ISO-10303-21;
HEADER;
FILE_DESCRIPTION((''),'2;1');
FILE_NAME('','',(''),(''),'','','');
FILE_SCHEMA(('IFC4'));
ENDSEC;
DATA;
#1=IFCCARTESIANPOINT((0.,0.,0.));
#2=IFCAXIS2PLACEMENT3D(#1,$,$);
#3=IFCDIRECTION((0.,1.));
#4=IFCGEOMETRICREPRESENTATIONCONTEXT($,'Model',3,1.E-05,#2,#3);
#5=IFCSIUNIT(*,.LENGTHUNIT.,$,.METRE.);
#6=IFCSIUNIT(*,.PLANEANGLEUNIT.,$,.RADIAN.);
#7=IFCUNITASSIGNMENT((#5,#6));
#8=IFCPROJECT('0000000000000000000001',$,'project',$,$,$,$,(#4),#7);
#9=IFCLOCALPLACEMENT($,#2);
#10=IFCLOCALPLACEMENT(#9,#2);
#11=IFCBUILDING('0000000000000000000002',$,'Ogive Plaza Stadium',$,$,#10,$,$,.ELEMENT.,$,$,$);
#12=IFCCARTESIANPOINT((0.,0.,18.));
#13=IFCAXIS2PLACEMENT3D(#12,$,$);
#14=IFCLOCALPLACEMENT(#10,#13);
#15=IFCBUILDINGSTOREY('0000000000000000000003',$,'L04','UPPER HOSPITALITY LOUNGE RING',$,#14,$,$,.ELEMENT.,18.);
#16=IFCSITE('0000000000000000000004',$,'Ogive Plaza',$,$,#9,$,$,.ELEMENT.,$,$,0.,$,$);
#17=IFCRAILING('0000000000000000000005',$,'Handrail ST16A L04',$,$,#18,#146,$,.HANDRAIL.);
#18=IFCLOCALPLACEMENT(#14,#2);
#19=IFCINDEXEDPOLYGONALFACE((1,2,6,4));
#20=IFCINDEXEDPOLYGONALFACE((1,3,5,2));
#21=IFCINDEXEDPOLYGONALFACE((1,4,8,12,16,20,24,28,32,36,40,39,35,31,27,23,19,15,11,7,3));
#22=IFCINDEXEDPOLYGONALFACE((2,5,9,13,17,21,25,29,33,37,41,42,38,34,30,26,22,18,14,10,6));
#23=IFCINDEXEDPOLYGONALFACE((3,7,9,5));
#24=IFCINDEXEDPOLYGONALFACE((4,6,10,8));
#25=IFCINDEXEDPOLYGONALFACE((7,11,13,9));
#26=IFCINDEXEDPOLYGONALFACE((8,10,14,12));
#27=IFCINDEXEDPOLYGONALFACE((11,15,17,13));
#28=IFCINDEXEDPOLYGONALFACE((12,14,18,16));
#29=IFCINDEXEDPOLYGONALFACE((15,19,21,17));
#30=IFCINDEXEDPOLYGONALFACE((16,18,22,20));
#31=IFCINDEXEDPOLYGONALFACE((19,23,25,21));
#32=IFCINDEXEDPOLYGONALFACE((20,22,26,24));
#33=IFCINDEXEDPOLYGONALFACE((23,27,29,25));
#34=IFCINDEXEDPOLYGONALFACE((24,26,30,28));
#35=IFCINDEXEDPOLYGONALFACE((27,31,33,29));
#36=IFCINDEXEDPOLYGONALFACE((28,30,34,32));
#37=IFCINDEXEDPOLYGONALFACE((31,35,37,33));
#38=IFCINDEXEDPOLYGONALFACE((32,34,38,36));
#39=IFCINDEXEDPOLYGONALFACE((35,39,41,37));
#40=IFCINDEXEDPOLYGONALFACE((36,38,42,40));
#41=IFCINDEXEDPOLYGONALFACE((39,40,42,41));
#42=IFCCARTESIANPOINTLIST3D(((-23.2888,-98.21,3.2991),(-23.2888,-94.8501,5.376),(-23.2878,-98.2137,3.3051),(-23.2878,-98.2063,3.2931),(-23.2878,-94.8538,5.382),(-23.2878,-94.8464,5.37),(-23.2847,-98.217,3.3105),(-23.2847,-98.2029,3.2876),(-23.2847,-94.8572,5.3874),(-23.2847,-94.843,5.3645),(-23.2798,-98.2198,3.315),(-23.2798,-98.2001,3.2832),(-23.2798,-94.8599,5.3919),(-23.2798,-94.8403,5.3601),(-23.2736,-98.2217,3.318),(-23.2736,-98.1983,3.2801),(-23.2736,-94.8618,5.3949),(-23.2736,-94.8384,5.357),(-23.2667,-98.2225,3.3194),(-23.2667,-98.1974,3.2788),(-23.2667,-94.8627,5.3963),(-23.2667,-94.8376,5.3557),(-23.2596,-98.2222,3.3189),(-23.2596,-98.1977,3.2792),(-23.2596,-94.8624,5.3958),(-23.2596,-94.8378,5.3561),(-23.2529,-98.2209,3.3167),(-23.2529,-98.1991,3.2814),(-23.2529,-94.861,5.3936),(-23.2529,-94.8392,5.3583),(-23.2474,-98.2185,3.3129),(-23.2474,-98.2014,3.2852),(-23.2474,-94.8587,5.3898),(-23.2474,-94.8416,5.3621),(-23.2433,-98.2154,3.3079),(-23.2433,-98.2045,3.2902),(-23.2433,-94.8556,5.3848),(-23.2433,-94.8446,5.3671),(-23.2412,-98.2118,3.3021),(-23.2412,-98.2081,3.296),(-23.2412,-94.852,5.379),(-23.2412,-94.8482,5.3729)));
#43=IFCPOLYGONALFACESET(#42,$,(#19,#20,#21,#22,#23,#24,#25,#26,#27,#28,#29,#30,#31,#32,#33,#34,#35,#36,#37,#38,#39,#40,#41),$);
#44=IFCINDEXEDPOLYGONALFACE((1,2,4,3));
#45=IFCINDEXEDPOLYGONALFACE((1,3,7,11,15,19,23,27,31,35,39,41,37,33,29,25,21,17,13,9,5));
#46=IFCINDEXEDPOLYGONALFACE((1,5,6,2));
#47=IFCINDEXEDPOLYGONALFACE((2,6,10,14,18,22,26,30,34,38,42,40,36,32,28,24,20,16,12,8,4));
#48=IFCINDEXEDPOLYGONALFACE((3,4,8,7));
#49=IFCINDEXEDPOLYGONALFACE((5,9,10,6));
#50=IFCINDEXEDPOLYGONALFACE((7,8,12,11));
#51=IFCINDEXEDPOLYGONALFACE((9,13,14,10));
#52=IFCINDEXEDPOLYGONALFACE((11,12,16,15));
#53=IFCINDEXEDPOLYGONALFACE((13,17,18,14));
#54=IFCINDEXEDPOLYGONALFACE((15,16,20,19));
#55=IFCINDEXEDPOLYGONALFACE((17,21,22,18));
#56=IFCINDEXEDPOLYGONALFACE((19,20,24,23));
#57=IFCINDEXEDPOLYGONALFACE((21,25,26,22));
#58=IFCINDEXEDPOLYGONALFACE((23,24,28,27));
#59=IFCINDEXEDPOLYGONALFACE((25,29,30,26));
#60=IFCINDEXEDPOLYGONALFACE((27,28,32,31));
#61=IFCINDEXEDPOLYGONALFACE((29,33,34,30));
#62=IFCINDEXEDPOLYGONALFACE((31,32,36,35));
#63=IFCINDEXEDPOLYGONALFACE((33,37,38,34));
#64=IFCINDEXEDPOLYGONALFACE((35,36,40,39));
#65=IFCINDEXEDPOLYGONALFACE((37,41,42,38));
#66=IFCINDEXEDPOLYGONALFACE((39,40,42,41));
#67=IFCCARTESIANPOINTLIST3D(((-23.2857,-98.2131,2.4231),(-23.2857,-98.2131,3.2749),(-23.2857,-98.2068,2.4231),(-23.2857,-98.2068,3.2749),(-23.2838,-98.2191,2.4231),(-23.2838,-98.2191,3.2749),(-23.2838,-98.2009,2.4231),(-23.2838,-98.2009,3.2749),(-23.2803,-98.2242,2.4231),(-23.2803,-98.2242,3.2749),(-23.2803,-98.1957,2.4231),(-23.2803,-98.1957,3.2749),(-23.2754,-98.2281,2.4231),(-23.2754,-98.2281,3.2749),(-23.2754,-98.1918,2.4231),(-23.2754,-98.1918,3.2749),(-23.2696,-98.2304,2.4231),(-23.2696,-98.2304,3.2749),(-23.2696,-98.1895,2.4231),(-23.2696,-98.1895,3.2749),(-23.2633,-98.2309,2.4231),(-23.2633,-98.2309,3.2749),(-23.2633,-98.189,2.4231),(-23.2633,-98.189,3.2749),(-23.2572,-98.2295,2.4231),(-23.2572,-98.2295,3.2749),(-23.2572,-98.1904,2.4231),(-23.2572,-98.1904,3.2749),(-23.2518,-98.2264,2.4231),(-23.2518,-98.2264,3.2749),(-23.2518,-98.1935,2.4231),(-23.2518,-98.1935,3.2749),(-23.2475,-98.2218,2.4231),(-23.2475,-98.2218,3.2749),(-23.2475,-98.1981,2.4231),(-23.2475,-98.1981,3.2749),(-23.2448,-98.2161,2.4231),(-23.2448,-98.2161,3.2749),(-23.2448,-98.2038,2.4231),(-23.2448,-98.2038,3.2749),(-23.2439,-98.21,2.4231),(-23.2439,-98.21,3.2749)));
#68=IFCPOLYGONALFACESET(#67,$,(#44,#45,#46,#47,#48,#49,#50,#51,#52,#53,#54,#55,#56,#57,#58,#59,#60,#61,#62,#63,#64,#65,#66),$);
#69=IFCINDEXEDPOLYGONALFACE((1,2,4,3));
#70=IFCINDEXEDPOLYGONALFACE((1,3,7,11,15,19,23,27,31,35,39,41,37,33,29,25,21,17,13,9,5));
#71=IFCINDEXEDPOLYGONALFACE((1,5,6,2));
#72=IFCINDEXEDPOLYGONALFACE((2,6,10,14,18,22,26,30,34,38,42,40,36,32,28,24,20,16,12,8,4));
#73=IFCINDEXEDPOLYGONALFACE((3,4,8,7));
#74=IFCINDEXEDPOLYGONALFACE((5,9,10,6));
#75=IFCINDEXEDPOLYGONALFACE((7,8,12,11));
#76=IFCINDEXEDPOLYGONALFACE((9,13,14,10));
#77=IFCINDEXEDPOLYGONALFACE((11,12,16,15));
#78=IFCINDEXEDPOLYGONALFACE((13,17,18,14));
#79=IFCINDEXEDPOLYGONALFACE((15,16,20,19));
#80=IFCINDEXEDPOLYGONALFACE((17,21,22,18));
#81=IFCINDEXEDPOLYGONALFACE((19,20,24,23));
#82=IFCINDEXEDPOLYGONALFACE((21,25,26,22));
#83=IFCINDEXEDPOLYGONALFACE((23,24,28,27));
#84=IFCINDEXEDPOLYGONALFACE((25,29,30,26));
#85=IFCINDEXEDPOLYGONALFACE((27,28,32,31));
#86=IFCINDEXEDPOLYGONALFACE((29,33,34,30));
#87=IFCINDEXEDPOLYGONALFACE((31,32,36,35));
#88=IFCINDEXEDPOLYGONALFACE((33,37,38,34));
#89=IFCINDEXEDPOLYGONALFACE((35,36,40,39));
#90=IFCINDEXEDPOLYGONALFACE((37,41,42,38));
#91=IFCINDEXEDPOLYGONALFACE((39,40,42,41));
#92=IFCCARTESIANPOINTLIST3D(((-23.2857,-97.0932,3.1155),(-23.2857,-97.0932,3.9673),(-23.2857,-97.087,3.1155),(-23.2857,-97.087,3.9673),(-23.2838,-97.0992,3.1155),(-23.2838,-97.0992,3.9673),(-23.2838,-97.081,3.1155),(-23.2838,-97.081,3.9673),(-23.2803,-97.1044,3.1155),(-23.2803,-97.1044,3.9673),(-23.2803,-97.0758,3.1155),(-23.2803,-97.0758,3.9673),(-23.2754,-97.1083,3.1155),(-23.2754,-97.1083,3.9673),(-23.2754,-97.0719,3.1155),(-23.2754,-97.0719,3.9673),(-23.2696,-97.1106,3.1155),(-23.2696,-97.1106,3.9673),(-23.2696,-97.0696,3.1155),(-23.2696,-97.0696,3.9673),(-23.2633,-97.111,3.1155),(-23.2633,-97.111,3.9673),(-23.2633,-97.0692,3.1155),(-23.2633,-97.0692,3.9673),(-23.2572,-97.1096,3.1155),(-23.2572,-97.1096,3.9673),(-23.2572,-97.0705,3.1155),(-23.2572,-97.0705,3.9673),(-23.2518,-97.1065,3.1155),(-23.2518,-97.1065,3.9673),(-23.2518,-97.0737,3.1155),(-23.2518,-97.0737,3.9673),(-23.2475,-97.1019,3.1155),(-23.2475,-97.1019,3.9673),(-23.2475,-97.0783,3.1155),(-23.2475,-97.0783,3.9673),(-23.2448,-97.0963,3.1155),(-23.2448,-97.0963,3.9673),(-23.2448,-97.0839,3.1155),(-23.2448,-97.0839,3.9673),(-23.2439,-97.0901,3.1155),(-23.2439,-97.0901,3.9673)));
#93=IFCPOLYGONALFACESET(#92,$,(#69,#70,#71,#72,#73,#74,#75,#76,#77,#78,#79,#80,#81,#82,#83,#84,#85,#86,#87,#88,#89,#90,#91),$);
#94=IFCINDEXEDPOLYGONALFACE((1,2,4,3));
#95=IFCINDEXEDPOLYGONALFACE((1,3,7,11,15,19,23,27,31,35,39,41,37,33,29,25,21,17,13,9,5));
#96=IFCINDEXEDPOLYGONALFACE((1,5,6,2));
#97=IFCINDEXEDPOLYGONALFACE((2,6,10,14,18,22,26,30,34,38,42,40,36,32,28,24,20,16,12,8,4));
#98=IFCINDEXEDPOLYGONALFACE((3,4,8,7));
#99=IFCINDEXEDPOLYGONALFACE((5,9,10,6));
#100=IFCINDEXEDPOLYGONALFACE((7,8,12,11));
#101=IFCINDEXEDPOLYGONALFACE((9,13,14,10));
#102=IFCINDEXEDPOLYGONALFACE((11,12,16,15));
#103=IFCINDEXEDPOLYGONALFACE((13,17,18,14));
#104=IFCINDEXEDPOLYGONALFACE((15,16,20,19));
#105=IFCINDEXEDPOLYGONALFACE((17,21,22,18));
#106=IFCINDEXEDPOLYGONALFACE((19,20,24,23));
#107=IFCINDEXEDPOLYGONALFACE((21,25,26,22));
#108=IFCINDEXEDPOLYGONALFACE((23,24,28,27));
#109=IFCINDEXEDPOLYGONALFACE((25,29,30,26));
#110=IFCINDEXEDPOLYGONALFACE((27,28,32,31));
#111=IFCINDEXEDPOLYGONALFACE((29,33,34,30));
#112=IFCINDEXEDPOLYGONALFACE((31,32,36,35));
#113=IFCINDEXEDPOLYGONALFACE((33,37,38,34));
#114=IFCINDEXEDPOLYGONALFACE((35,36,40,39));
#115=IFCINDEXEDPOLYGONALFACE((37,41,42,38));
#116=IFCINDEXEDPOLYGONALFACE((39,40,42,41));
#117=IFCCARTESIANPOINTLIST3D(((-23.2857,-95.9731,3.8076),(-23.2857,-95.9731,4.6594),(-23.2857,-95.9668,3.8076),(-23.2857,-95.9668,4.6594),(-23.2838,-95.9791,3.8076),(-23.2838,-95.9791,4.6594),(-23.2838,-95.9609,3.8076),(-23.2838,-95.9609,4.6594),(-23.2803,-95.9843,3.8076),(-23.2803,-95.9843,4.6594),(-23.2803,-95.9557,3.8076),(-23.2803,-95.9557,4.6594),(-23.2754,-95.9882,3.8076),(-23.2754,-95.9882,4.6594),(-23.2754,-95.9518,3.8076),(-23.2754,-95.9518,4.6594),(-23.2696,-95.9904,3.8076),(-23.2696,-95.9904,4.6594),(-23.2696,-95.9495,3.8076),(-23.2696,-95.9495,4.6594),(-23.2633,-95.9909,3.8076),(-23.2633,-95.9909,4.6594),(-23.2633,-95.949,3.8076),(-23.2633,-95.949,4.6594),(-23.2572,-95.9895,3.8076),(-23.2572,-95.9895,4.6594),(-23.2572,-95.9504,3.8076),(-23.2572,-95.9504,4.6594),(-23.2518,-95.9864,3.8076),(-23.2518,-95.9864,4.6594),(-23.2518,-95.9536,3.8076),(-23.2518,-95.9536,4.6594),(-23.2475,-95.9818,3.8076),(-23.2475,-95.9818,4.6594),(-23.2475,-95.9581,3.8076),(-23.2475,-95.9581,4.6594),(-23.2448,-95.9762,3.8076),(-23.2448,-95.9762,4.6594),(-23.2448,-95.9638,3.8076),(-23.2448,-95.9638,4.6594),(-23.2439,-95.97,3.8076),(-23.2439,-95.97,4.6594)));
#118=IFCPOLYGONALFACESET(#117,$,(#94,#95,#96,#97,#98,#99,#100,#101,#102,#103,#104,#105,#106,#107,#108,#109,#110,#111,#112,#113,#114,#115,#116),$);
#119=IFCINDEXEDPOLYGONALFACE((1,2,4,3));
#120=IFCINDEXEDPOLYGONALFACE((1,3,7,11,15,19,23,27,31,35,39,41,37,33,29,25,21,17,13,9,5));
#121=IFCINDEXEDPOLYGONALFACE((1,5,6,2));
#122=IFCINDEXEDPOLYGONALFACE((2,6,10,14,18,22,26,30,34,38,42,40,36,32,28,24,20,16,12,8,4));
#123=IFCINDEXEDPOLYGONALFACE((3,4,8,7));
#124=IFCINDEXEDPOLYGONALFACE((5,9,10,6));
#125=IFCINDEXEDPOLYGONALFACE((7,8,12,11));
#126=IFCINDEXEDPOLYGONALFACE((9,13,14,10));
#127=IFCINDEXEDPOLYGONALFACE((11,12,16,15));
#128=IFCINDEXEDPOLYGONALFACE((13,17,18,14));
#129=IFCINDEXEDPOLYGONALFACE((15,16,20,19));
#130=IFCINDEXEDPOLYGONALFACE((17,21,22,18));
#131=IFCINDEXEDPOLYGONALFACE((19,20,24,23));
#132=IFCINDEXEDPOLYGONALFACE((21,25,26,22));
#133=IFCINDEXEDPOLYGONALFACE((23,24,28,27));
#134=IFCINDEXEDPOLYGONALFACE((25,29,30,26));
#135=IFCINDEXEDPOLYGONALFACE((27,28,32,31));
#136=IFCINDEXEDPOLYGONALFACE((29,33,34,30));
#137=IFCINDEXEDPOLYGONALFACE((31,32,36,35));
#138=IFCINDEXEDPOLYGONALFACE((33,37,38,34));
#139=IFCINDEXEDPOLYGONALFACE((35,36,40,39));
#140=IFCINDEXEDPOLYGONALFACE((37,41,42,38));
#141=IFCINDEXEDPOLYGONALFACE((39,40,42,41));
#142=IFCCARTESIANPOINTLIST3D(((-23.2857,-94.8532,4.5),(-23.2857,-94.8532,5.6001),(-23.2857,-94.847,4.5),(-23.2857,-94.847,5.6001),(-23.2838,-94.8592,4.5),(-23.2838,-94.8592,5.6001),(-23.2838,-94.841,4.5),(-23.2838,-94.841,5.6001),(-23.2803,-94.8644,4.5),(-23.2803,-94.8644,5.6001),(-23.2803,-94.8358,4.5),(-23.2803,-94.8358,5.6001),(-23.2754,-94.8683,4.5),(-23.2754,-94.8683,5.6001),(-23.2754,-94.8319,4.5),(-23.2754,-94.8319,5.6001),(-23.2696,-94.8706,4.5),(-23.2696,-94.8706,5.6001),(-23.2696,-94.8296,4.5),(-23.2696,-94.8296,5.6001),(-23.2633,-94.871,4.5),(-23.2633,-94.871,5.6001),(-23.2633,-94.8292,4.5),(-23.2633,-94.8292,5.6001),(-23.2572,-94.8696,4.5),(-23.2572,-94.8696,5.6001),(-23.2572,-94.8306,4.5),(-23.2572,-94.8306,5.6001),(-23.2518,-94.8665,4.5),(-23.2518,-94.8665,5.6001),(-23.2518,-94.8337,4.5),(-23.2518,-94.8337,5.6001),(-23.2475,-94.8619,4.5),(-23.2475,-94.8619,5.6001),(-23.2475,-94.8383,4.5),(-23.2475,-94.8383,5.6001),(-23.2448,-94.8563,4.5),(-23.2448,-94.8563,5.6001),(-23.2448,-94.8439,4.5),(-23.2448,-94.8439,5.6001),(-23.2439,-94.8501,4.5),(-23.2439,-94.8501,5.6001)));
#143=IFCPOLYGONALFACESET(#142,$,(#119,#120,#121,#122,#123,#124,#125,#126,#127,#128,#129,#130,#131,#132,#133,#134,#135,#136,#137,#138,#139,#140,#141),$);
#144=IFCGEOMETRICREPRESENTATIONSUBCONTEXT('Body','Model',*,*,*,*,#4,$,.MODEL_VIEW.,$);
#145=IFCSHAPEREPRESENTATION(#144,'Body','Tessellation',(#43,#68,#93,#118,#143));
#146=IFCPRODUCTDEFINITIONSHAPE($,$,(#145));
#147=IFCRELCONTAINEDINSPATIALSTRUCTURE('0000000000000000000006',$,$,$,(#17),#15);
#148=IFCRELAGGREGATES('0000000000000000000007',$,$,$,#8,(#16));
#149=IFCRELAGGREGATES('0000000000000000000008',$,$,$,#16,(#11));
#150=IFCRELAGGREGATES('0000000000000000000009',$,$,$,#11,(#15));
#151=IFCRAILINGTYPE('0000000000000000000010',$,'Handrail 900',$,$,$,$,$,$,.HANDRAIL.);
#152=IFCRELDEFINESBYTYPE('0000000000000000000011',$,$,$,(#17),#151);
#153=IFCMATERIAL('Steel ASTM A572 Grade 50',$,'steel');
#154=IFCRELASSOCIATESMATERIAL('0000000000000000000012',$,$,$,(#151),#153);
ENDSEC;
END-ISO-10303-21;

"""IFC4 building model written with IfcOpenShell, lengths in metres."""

from ifc_helpers import new_model, si_unit, direction, frame, origin, origin_2d, place, context, subcontext, project, spatial, circle, extrude, material, type_object, element, save


model = new_model("IFC4")

# Units and contexts
model_context = context("Model", 3, precision=1e-05, world=origin(), true_north=direction((0.0, 1.0)))
body_context = subcontext(model_context, "Body", "Model", "MODEL_VIEW")
ifc_project = project(units=[si_unit("LENGTHUNIT", "METRE"), si_unit("PLANEANGLEUNIT", "RADIAN")], contexts=[model_context])

# Site, building, storey
site_placement = place(None, origin())
site = spatial("IfcSite", under=ifc_project, at=site_placement, Name="Ogive Plaza", CompositionType="ELEMENT", RefElevation=0.0)
building_placement = place(site_placement, origin())
building = spatial("IfcBuilding", under=site, at=building_placement, Name="Ogive Plaza Stadium", CompositionType="ELEMENT")
storey_placement = place(building_placement, frame((0.0, 0.0, 18.0)))
storey = spatial("IfcBuildingStorey", under=building, at=storey_placement, Name="L04", Description="UPPER HOSPITALITY LOUNGE RING", CompositionType="ELEMENT", Elevation=18.0)

# Railing
ifc_material_1 = material(Name="Steel ASTM A572 Grade 50", Category="steel")
railing_type_1 = type_object("IfcRailingType", Name="Handrail 900", PredefinedType="HANDRAIL", material=ifc_material_1)
railing_placement = place(storey_placement, frame((-23.2649, -98.21, 2.4231)))
element("IfcRailing", 1, at=railing_placement, inside=storey, type_object=railing_type_1, Name="Handrail ST16A L04", PredefinedType="HANDRAIL", context=body_context, shape_type="SweptSolid", body=[
    extrude(circle(Radius=0.0239, at=origin_2d()), frame((0.0, 0.0, 0.876), z_axis=(0.0, 0.850606, 0.525803), x_axis=(-1.0, 0.0, 0.0)), (0.0, 0.0, 1.0), 3.95),
    extrude(circle(Radius=0.021, at=origin_2d()), origin(), (0.0, 0.0, 1.0), 0.8518),
    extrude(circle(Radius=0.021, at=origin_2d()), frame((0.0, 1.1199, 0.6924)), (0.0, 0.0, 1.0), 0.8518),
    extrude(circle(Radius=0.021, at=origin_2d()), frame((0.0, 2.24, 1.3845)), (0.0, 0.0, 1.0), 0.8518),
    extrude(circle(Radius=0.021, at=origin_2d()), frame((0.0, 3.3599, 2.0769)), (0.0, 0.0, 1.0), 1.1001),
])

save(model, "model.ifc")
